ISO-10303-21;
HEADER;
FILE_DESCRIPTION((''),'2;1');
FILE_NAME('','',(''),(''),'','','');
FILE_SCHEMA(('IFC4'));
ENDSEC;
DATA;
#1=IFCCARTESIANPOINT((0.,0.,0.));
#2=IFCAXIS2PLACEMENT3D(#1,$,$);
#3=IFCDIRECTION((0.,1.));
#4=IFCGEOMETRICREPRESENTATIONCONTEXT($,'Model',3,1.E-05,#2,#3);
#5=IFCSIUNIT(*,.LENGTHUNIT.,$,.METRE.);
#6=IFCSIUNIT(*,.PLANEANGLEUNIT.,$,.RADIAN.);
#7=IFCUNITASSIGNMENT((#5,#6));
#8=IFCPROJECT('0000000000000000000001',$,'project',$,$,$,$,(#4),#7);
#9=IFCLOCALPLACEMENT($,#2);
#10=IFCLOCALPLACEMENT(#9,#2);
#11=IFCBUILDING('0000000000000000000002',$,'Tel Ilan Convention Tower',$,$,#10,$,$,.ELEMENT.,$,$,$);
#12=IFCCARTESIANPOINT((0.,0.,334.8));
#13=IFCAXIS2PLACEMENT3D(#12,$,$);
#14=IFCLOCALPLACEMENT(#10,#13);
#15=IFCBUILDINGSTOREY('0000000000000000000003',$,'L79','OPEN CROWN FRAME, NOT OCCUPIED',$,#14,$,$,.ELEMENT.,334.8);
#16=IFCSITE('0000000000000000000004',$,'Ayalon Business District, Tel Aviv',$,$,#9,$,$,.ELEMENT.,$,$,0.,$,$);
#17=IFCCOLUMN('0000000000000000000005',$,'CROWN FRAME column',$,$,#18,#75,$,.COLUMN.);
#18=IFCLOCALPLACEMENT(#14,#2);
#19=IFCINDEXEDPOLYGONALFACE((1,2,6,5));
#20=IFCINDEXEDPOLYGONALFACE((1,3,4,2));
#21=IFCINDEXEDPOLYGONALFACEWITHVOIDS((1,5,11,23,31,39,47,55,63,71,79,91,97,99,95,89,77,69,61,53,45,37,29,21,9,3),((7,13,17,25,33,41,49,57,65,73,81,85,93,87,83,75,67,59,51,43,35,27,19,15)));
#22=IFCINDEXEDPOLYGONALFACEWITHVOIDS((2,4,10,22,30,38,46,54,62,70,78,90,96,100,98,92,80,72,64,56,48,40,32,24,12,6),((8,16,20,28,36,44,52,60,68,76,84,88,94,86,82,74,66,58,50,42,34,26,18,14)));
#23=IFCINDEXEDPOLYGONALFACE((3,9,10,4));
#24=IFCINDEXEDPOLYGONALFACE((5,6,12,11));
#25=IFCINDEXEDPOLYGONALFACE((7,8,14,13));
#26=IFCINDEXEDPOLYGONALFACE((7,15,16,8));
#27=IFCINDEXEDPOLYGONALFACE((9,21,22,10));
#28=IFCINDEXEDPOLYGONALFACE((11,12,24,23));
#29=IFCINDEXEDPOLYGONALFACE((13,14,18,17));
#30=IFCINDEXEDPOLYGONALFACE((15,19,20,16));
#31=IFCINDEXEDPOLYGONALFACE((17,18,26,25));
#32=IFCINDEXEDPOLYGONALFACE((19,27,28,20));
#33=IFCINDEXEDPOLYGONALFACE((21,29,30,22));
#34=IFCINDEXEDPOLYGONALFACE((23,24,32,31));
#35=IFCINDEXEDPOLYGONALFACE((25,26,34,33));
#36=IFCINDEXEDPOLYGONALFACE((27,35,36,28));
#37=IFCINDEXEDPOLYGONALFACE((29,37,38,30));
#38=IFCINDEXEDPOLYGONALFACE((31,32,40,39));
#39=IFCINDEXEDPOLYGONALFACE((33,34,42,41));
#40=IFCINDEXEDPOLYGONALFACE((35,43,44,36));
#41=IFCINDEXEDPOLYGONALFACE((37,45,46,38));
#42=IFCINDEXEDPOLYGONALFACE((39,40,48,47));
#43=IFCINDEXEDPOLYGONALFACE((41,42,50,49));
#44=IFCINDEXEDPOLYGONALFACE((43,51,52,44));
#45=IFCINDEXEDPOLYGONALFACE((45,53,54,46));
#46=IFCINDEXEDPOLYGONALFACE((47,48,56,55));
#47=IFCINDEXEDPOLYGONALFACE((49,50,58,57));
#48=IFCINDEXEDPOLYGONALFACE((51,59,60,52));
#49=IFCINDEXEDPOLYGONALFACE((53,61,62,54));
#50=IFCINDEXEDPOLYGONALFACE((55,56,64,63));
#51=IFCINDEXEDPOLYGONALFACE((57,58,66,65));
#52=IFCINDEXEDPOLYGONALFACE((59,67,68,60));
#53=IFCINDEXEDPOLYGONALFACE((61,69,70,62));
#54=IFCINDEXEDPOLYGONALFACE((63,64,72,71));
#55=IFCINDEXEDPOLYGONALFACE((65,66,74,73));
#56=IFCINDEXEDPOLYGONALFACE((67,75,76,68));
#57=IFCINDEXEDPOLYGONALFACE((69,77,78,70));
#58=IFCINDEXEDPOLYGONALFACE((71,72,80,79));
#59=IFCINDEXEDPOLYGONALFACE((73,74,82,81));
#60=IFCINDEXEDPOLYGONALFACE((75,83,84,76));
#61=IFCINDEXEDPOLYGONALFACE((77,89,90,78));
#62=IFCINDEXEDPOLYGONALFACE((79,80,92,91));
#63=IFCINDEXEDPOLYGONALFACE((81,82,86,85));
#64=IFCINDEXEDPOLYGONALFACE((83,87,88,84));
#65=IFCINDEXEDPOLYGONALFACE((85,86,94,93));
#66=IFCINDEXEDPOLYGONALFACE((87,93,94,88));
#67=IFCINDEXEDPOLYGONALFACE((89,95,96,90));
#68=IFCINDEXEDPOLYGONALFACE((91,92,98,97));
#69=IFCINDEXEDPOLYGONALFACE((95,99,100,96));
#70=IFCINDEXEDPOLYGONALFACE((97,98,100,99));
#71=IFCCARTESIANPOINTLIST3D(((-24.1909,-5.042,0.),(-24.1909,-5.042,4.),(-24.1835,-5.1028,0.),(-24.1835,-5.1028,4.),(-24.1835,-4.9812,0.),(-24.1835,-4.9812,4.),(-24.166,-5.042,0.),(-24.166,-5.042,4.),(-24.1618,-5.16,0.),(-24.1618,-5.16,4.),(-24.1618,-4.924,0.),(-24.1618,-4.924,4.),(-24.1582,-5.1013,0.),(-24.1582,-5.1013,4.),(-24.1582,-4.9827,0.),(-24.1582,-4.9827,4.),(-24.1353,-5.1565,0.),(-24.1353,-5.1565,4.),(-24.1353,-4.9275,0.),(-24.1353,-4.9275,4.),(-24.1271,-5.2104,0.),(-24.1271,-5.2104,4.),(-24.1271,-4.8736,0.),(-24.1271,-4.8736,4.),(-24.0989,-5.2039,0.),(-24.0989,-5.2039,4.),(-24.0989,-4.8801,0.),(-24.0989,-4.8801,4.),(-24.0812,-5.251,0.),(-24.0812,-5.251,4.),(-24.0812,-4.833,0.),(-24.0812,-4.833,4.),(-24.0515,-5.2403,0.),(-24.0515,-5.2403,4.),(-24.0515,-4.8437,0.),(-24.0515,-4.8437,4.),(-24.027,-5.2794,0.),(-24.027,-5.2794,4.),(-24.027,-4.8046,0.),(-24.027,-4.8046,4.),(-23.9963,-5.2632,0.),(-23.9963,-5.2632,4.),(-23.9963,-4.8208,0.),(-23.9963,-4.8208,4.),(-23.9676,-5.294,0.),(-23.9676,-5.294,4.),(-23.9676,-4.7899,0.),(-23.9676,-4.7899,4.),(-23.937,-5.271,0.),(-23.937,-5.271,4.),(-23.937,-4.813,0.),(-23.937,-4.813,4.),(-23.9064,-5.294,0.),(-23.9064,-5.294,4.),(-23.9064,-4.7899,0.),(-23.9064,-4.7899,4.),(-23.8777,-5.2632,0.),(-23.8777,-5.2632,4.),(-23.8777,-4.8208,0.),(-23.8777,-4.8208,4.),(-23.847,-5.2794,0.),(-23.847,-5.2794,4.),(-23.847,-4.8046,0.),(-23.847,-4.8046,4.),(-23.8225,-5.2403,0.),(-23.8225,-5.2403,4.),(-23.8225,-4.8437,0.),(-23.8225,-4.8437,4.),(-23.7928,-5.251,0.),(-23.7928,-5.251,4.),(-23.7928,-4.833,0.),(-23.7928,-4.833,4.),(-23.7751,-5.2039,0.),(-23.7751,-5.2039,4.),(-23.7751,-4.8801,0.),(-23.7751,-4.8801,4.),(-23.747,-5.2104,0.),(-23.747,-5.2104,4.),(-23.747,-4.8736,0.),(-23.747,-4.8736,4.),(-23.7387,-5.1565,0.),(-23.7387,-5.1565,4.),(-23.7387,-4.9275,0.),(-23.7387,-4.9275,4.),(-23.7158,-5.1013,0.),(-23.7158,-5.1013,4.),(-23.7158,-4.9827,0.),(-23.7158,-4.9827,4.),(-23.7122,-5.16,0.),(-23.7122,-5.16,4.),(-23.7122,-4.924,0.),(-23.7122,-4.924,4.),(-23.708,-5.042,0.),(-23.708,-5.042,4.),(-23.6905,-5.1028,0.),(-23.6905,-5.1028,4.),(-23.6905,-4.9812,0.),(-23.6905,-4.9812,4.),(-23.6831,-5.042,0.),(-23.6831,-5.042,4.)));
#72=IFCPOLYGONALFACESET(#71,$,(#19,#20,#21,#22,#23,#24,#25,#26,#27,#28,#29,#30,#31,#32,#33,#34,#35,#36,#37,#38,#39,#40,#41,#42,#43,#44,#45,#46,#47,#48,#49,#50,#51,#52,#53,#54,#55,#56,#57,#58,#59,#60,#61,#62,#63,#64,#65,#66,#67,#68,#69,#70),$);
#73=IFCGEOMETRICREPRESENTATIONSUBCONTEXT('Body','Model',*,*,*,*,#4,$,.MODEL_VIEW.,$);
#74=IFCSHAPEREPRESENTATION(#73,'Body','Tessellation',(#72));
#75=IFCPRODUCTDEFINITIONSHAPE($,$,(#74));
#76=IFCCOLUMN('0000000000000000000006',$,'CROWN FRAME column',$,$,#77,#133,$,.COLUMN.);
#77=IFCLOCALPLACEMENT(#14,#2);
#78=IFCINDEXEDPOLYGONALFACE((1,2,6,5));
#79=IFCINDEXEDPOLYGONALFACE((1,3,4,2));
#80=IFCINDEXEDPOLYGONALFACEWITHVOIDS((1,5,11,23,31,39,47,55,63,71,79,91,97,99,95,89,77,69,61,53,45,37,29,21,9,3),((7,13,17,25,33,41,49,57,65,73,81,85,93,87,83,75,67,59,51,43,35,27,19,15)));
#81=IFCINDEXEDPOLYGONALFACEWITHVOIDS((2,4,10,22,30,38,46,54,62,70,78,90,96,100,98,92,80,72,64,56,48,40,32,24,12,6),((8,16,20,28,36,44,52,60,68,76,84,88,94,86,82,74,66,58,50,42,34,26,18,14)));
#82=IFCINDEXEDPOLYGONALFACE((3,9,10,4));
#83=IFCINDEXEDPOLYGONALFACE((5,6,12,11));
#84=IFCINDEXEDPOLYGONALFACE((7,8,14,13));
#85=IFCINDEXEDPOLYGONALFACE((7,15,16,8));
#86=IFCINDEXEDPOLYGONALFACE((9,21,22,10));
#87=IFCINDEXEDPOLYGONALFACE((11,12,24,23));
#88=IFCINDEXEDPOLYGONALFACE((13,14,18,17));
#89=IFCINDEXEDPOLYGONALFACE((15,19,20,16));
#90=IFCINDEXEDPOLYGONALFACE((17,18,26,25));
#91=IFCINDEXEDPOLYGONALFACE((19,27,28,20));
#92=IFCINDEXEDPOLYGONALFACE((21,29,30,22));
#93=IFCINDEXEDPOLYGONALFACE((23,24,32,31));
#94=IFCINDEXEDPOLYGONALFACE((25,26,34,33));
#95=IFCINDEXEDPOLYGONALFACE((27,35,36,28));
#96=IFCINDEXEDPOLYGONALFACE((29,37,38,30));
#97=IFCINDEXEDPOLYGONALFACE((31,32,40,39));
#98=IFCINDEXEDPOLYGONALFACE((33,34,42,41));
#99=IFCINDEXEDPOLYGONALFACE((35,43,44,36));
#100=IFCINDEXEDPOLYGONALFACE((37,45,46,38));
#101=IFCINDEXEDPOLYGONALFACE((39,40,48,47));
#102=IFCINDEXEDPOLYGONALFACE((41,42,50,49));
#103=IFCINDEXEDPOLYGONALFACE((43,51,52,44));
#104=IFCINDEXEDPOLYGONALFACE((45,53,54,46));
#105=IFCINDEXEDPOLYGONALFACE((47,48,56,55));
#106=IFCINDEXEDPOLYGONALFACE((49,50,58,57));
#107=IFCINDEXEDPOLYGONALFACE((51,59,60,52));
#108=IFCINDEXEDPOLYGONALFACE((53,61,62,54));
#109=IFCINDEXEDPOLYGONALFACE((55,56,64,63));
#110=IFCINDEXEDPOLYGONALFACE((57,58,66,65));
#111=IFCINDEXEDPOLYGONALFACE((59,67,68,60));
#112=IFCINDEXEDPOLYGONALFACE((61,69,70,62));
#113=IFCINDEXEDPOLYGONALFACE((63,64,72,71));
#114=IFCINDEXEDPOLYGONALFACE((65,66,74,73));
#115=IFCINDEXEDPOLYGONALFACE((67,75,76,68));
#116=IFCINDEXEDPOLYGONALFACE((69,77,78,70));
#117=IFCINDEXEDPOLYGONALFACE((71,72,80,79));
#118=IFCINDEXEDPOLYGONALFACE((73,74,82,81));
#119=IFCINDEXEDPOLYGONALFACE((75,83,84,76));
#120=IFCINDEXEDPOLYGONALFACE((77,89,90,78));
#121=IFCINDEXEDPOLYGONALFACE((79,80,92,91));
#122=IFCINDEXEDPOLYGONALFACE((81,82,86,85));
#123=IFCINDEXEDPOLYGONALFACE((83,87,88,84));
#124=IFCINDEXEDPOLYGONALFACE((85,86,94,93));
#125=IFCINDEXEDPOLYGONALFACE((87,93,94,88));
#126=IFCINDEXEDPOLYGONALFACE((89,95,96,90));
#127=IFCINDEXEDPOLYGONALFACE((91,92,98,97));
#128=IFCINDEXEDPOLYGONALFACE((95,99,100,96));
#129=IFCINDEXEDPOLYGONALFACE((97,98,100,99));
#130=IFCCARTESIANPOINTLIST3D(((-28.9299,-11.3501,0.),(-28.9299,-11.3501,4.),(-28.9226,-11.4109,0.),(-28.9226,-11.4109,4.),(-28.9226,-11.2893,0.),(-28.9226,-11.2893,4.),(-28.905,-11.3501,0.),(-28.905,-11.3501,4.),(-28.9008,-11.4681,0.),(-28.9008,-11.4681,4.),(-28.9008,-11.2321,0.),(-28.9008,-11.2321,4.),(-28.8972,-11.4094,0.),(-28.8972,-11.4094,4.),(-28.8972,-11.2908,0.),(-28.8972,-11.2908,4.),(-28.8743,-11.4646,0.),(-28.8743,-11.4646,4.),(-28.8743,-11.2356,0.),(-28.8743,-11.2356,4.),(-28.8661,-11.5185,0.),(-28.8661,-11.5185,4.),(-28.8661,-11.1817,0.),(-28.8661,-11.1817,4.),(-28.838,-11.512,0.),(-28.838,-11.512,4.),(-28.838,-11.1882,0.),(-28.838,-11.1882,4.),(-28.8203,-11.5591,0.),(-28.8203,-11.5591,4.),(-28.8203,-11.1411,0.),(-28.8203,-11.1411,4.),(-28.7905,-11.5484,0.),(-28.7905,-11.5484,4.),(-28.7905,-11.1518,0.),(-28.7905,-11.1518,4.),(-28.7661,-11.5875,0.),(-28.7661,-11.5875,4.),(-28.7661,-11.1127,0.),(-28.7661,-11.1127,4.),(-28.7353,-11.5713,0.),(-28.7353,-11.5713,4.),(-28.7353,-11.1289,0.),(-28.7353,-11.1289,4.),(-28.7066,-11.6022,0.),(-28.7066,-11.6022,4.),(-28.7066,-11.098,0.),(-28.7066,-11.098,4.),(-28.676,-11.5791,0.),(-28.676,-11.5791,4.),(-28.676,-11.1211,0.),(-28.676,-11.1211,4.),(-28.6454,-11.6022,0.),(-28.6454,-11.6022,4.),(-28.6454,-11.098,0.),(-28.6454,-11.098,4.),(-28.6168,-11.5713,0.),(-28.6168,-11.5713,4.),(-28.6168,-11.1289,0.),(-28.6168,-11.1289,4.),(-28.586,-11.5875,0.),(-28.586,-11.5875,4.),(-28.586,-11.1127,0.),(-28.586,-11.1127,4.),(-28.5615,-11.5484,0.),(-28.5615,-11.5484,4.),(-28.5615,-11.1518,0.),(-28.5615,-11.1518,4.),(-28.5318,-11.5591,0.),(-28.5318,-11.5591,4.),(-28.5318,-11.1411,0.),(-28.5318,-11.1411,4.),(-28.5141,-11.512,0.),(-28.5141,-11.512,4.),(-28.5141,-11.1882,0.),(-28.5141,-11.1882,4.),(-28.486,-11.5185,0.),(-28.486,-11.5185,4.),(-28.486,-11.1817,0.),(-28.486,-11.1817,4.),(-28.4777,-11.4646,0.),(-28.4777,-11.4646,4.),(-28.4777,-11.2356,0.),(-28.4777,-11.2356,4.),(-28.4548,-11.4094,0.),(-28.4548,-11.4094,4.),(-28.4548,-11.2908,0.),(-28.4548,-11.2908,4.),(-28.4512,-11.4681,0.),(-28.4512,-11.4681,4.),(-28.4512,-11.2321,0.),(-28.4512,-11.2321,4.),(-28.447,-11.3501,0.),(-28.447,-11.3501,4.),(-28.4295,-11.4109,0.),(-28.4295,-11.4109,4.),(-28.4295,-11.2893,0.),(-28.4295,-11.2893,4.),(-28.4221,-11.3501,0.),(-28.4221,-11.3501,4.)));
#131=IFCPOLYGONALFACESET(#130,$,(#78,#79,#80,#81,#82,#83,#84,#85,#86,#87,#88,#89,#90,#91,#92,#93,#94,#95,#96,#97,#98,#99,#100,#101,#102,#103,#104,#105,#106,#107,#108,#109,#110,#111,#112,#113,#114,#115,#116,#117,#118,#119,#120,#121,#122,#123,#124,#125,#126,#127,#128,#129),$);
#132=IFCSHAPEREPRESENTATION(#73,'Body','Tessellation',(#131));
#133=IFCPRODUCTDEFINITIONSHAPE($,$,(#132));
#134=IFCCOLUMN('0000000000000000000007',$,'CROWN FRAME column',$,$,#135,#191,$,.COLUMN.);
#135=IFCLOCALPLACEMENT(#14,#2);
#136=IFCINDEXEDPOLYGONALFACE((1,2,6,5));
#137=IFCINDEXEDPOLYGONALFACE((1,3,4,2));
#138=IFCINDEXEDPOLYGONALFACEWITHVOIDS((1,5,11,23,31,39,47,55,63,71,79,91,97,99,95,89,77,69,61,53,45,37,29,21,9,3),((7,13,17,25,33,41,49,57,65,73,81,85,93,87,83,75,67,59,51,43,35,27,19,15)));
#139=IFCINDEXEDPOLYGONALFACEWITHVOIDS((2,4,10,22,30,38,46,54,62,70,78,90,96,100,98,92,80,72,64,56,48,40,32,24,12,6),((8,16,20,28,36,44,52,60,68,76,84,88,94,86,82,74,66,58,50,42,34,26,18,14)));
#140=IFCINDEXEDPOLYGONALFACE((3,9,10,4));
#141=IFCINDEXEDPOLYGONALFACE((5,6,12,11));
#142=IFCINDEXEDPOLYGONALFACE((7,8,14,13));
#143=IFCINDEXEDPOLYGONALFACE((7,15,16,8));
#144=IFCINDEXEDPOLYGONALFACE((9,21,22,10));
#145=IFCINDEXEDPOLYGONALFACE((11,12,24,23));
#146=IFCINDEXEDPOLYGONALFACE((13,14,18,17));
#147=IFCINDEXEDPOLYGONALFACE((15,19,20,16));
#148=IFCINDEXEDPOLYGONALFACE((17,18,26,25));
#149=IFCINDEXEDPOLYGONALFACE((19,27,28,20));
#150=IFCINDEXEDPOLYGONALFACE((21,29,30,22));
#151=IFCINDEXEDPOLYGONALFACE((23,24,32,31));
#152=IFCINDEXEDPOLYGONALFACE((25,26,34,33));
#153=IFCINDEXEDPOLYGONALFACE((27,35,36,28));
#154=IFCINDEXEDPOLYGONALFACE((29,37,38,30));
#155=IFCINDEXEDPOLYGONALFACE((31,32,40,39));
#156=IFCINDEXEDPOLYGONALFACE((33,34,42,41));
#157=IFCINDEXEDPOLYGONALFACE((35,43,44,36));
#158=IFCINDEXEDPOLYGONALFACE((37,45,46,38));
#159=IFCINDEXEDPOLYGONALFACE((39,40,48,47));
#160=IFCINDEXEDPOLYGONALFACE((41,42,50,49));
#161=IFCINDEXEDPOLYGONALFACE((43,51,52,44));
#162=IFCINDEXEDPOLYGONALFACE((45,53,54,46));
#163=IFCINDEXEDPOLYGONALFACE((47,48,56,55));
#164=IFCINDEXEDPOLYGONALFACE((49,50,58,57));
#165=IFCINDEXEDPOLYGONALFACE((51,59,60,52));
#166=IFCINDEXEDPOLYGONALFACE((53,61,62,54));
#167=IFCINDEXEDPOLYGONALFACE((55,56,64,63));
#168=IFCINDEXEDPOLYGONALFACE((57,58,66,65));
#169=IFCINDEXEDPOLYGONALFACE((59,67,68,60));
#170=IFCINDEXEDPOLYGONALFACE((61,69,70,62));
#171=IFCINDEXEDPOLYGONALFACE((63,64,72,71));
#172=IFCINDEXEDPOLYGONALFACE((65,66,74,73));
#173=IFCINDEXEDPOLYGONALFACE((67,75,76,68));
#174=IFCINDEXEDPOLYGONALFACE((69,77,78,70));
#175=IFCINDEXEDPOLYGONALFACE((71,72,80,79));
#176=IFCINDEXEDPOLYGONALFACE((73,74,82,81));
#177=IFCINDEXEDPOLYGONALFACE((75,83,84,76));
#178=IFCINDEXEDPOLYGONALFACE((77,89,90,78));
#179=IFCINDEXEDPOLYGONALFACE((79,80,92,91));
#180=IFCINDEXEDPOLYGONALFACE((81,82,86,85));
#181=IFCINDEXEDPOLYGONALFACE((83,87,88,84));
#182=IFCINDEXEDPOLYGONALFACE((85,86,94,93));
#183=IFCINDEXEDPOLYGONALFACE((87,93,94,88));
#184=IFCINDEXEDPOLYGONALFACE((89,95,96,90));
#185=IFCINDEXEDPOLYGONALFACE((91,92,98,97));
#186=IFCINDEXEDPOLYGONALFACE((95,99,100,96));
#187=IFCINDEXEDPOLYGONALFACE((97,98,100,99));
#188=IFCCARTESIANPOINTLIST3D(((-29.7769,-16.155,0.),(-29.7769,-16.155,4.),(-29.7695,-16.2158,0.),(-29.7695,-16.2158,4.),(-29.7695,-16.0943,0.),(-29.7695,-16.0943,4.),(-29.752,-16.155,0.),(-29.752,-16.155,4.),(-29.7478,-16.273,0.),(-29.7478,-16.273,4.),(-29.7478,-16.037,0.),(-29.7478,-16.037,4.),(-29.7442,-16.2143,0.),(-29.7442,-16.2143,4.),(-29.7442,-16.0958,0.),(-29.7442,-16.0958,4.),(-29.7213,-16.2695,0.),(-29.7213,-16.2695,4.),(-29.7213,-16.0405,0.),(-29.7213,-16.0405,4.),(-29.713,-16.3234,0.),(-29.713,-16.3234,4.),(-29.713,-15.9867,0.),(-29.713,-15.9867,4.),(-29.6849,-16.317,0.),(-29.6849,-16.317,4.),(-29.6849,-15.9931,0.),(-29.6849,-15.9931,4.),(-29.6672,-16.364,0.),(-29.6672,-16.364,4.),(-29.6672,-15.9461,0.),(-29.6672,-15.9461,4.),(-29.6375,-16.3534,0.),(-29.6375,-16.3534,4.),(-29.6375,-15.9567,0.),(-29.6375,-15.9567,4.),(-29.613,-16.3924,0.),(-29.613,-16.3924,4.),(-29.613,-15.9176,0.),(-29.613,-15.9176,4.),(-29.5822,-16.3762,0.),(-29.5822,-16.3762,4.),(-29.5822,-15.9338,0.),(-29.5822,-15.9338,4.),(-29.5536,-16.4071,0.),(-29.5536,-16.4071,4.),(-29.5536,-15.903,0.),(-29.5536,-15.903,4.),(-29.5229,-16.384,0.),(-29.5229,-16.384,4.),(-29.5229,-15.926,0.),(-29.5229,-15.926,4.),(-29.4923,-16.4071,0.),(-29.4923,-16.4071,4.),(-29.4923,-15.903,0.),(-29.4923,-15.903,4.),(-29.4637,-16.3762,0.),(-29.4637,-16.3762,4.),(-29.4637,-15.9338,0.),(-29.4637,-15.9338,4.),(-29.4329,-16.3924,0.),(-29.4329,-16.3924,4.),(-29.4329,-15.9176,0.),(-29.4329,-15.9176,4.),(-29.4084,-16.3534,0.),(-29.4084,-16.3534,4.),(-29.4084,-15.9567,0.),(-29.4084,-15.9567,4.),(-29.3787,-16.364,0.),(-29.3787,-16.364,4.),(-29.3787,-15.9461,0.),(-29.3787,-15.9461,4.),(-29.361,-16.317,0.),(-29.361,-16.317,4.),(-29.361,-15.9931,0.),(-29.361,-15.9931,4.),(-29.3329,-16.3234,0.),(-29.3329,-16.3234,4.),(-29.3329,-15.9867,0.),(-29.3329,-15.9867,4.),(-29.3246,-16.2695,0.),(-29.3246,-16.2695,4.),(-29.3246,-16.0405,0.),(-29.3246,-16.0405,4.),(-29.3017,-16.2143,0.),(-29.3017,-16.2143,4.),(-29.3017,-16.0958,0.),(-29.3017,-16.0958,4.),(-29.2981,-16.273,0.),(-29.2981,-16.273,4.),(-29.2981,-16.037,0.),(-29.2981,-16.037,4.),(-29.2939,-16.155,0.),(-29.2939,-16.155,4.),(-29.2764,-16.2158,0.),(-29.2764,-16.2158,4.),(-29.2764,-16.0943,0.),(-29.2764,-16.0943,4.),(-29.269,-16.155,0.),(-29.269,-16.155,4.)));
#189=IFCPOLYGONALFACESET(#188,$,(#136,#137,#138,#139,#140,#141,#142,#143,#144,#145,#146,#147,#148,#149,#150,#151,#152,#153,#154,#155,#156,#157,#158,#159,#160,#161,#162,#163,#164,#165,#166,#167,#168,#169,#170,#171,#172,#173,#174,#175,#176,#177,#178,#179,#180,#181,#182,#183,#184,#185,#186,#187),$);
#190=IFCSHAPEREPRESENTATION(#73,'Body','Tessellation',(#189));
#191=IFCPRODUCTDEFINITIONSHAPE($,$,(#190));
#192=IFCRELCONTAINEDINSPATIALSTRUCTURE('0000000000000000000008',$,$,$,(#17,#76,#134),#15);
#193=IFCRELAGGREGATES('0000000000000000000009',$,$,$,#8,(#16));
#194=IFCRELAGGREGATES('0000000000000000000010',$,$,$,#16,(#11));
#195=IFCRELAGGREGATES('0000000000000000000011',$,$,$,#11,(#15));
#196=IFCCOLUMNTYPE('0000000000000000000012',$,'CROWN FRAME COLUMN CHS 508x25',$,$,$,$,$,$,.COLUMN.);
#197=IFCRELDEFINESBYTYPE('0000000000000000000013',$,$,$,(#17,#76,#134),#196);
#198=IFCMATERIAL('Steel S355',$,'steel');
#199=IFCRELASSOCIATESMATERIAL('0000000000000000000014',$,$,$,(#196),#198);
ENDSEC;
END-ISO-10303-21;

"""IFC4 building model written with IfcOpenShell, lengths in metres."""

from ifc_helpers import new_model, si_unit, direction, frame, origin, origin_2d, place, context, subcontext, project, spatial, hollow_circle, extrude, material, material_profile, profile_set, type_object, element, save


model = new_model("IFC4")

# Units and contexts
model_context = context("Model", 3, precision=1e-05, world=origin(), true_north=direction((0.0, 1.0)))
body_context = subcontext(model_context, "Body", "Model", "MODEL_VIEW")
ifc_project = project(units=[si_unit("LENGTHUNIT", "METRE"), si_unit("PLANEANGLEUNIT", "RADIAN")], contexts=[model_context])

# Site, building, storey
site_placement = place(None, origin())
site = spatial("IfcSite", under=ifc_project, at=site_placement, Name="Ayalon Business District, Tel Aviv", CompositionType="ELEMENT", RefElevation=0.0)
building_placement = place(site_placement, origin())
building = spatial("IfcBuilding", under=site, at=building_placement, Name="Tel Ilan Convention Tower", CompositionType="ELEMENT")
storey_placement = place(building_placement, frame((0.0, 0.0, 334.8)))
storey = spatial("IfcBuildingStorey", under=building, at=storey_placement, Name="L79", Description="OPEN CROWN FRAME, NOT OCCUPIED", CompositionType="ELEMENT", Elevation=334.8)

# Columns
ifc_material_1 = material(Name="Steel S355", Category="steel")
ifc_material_profile_1 = material_profile(ifc_material_1, hollow_circle(Radius=0.2539, WallThickness=0.0249, at=origin_2d()), Name="CHS 508x25")
ifc_profile_set_1 = profile_set([ifc_material_profile_1], Name="Steel S355")
column_type = type_object("IfcColumnType", Name="CROWN FRAME COLUMN CHS 508x25", PredefinedType="COLUMN", material=ifc_profile_set_1)
for number, where, z_axis, x_axis, name in (
    (1, (-23.937, -5.042, 0.0), (0.0, 0.0, 1.0), (1.0, 0.0, 0.0), "CROWN FRAME column"),
    (2, (-28.676, -11.3501, 0.0), (0.0, 0.0, 1.0), (1.0, 0.0, 0.0), "CROWN FRAME column"),
    (3, (-29.5229, -16.155, 0.0), (0.0, 0.0, 1.0), (1.0, 0.0, 0.0), "CROWN FRAME column"),
):
    element("IfcColumn", number, at=place(storey_placement, frame(where, z_axis=z_axis, x_axis=x_axis)), inside=storey, type_object=column_type, Name=name, PredefinedType="COLUMN", context=body_context, shape_type="SweptSolid", body=[
        extrude(hollow_circle(Radius=0.2539, WallThickness=0.0249, at=origin_2d()), origin(), (0.0, 0.0, 1.0), 4.0),
    ])

save(model, "model.ifc")
